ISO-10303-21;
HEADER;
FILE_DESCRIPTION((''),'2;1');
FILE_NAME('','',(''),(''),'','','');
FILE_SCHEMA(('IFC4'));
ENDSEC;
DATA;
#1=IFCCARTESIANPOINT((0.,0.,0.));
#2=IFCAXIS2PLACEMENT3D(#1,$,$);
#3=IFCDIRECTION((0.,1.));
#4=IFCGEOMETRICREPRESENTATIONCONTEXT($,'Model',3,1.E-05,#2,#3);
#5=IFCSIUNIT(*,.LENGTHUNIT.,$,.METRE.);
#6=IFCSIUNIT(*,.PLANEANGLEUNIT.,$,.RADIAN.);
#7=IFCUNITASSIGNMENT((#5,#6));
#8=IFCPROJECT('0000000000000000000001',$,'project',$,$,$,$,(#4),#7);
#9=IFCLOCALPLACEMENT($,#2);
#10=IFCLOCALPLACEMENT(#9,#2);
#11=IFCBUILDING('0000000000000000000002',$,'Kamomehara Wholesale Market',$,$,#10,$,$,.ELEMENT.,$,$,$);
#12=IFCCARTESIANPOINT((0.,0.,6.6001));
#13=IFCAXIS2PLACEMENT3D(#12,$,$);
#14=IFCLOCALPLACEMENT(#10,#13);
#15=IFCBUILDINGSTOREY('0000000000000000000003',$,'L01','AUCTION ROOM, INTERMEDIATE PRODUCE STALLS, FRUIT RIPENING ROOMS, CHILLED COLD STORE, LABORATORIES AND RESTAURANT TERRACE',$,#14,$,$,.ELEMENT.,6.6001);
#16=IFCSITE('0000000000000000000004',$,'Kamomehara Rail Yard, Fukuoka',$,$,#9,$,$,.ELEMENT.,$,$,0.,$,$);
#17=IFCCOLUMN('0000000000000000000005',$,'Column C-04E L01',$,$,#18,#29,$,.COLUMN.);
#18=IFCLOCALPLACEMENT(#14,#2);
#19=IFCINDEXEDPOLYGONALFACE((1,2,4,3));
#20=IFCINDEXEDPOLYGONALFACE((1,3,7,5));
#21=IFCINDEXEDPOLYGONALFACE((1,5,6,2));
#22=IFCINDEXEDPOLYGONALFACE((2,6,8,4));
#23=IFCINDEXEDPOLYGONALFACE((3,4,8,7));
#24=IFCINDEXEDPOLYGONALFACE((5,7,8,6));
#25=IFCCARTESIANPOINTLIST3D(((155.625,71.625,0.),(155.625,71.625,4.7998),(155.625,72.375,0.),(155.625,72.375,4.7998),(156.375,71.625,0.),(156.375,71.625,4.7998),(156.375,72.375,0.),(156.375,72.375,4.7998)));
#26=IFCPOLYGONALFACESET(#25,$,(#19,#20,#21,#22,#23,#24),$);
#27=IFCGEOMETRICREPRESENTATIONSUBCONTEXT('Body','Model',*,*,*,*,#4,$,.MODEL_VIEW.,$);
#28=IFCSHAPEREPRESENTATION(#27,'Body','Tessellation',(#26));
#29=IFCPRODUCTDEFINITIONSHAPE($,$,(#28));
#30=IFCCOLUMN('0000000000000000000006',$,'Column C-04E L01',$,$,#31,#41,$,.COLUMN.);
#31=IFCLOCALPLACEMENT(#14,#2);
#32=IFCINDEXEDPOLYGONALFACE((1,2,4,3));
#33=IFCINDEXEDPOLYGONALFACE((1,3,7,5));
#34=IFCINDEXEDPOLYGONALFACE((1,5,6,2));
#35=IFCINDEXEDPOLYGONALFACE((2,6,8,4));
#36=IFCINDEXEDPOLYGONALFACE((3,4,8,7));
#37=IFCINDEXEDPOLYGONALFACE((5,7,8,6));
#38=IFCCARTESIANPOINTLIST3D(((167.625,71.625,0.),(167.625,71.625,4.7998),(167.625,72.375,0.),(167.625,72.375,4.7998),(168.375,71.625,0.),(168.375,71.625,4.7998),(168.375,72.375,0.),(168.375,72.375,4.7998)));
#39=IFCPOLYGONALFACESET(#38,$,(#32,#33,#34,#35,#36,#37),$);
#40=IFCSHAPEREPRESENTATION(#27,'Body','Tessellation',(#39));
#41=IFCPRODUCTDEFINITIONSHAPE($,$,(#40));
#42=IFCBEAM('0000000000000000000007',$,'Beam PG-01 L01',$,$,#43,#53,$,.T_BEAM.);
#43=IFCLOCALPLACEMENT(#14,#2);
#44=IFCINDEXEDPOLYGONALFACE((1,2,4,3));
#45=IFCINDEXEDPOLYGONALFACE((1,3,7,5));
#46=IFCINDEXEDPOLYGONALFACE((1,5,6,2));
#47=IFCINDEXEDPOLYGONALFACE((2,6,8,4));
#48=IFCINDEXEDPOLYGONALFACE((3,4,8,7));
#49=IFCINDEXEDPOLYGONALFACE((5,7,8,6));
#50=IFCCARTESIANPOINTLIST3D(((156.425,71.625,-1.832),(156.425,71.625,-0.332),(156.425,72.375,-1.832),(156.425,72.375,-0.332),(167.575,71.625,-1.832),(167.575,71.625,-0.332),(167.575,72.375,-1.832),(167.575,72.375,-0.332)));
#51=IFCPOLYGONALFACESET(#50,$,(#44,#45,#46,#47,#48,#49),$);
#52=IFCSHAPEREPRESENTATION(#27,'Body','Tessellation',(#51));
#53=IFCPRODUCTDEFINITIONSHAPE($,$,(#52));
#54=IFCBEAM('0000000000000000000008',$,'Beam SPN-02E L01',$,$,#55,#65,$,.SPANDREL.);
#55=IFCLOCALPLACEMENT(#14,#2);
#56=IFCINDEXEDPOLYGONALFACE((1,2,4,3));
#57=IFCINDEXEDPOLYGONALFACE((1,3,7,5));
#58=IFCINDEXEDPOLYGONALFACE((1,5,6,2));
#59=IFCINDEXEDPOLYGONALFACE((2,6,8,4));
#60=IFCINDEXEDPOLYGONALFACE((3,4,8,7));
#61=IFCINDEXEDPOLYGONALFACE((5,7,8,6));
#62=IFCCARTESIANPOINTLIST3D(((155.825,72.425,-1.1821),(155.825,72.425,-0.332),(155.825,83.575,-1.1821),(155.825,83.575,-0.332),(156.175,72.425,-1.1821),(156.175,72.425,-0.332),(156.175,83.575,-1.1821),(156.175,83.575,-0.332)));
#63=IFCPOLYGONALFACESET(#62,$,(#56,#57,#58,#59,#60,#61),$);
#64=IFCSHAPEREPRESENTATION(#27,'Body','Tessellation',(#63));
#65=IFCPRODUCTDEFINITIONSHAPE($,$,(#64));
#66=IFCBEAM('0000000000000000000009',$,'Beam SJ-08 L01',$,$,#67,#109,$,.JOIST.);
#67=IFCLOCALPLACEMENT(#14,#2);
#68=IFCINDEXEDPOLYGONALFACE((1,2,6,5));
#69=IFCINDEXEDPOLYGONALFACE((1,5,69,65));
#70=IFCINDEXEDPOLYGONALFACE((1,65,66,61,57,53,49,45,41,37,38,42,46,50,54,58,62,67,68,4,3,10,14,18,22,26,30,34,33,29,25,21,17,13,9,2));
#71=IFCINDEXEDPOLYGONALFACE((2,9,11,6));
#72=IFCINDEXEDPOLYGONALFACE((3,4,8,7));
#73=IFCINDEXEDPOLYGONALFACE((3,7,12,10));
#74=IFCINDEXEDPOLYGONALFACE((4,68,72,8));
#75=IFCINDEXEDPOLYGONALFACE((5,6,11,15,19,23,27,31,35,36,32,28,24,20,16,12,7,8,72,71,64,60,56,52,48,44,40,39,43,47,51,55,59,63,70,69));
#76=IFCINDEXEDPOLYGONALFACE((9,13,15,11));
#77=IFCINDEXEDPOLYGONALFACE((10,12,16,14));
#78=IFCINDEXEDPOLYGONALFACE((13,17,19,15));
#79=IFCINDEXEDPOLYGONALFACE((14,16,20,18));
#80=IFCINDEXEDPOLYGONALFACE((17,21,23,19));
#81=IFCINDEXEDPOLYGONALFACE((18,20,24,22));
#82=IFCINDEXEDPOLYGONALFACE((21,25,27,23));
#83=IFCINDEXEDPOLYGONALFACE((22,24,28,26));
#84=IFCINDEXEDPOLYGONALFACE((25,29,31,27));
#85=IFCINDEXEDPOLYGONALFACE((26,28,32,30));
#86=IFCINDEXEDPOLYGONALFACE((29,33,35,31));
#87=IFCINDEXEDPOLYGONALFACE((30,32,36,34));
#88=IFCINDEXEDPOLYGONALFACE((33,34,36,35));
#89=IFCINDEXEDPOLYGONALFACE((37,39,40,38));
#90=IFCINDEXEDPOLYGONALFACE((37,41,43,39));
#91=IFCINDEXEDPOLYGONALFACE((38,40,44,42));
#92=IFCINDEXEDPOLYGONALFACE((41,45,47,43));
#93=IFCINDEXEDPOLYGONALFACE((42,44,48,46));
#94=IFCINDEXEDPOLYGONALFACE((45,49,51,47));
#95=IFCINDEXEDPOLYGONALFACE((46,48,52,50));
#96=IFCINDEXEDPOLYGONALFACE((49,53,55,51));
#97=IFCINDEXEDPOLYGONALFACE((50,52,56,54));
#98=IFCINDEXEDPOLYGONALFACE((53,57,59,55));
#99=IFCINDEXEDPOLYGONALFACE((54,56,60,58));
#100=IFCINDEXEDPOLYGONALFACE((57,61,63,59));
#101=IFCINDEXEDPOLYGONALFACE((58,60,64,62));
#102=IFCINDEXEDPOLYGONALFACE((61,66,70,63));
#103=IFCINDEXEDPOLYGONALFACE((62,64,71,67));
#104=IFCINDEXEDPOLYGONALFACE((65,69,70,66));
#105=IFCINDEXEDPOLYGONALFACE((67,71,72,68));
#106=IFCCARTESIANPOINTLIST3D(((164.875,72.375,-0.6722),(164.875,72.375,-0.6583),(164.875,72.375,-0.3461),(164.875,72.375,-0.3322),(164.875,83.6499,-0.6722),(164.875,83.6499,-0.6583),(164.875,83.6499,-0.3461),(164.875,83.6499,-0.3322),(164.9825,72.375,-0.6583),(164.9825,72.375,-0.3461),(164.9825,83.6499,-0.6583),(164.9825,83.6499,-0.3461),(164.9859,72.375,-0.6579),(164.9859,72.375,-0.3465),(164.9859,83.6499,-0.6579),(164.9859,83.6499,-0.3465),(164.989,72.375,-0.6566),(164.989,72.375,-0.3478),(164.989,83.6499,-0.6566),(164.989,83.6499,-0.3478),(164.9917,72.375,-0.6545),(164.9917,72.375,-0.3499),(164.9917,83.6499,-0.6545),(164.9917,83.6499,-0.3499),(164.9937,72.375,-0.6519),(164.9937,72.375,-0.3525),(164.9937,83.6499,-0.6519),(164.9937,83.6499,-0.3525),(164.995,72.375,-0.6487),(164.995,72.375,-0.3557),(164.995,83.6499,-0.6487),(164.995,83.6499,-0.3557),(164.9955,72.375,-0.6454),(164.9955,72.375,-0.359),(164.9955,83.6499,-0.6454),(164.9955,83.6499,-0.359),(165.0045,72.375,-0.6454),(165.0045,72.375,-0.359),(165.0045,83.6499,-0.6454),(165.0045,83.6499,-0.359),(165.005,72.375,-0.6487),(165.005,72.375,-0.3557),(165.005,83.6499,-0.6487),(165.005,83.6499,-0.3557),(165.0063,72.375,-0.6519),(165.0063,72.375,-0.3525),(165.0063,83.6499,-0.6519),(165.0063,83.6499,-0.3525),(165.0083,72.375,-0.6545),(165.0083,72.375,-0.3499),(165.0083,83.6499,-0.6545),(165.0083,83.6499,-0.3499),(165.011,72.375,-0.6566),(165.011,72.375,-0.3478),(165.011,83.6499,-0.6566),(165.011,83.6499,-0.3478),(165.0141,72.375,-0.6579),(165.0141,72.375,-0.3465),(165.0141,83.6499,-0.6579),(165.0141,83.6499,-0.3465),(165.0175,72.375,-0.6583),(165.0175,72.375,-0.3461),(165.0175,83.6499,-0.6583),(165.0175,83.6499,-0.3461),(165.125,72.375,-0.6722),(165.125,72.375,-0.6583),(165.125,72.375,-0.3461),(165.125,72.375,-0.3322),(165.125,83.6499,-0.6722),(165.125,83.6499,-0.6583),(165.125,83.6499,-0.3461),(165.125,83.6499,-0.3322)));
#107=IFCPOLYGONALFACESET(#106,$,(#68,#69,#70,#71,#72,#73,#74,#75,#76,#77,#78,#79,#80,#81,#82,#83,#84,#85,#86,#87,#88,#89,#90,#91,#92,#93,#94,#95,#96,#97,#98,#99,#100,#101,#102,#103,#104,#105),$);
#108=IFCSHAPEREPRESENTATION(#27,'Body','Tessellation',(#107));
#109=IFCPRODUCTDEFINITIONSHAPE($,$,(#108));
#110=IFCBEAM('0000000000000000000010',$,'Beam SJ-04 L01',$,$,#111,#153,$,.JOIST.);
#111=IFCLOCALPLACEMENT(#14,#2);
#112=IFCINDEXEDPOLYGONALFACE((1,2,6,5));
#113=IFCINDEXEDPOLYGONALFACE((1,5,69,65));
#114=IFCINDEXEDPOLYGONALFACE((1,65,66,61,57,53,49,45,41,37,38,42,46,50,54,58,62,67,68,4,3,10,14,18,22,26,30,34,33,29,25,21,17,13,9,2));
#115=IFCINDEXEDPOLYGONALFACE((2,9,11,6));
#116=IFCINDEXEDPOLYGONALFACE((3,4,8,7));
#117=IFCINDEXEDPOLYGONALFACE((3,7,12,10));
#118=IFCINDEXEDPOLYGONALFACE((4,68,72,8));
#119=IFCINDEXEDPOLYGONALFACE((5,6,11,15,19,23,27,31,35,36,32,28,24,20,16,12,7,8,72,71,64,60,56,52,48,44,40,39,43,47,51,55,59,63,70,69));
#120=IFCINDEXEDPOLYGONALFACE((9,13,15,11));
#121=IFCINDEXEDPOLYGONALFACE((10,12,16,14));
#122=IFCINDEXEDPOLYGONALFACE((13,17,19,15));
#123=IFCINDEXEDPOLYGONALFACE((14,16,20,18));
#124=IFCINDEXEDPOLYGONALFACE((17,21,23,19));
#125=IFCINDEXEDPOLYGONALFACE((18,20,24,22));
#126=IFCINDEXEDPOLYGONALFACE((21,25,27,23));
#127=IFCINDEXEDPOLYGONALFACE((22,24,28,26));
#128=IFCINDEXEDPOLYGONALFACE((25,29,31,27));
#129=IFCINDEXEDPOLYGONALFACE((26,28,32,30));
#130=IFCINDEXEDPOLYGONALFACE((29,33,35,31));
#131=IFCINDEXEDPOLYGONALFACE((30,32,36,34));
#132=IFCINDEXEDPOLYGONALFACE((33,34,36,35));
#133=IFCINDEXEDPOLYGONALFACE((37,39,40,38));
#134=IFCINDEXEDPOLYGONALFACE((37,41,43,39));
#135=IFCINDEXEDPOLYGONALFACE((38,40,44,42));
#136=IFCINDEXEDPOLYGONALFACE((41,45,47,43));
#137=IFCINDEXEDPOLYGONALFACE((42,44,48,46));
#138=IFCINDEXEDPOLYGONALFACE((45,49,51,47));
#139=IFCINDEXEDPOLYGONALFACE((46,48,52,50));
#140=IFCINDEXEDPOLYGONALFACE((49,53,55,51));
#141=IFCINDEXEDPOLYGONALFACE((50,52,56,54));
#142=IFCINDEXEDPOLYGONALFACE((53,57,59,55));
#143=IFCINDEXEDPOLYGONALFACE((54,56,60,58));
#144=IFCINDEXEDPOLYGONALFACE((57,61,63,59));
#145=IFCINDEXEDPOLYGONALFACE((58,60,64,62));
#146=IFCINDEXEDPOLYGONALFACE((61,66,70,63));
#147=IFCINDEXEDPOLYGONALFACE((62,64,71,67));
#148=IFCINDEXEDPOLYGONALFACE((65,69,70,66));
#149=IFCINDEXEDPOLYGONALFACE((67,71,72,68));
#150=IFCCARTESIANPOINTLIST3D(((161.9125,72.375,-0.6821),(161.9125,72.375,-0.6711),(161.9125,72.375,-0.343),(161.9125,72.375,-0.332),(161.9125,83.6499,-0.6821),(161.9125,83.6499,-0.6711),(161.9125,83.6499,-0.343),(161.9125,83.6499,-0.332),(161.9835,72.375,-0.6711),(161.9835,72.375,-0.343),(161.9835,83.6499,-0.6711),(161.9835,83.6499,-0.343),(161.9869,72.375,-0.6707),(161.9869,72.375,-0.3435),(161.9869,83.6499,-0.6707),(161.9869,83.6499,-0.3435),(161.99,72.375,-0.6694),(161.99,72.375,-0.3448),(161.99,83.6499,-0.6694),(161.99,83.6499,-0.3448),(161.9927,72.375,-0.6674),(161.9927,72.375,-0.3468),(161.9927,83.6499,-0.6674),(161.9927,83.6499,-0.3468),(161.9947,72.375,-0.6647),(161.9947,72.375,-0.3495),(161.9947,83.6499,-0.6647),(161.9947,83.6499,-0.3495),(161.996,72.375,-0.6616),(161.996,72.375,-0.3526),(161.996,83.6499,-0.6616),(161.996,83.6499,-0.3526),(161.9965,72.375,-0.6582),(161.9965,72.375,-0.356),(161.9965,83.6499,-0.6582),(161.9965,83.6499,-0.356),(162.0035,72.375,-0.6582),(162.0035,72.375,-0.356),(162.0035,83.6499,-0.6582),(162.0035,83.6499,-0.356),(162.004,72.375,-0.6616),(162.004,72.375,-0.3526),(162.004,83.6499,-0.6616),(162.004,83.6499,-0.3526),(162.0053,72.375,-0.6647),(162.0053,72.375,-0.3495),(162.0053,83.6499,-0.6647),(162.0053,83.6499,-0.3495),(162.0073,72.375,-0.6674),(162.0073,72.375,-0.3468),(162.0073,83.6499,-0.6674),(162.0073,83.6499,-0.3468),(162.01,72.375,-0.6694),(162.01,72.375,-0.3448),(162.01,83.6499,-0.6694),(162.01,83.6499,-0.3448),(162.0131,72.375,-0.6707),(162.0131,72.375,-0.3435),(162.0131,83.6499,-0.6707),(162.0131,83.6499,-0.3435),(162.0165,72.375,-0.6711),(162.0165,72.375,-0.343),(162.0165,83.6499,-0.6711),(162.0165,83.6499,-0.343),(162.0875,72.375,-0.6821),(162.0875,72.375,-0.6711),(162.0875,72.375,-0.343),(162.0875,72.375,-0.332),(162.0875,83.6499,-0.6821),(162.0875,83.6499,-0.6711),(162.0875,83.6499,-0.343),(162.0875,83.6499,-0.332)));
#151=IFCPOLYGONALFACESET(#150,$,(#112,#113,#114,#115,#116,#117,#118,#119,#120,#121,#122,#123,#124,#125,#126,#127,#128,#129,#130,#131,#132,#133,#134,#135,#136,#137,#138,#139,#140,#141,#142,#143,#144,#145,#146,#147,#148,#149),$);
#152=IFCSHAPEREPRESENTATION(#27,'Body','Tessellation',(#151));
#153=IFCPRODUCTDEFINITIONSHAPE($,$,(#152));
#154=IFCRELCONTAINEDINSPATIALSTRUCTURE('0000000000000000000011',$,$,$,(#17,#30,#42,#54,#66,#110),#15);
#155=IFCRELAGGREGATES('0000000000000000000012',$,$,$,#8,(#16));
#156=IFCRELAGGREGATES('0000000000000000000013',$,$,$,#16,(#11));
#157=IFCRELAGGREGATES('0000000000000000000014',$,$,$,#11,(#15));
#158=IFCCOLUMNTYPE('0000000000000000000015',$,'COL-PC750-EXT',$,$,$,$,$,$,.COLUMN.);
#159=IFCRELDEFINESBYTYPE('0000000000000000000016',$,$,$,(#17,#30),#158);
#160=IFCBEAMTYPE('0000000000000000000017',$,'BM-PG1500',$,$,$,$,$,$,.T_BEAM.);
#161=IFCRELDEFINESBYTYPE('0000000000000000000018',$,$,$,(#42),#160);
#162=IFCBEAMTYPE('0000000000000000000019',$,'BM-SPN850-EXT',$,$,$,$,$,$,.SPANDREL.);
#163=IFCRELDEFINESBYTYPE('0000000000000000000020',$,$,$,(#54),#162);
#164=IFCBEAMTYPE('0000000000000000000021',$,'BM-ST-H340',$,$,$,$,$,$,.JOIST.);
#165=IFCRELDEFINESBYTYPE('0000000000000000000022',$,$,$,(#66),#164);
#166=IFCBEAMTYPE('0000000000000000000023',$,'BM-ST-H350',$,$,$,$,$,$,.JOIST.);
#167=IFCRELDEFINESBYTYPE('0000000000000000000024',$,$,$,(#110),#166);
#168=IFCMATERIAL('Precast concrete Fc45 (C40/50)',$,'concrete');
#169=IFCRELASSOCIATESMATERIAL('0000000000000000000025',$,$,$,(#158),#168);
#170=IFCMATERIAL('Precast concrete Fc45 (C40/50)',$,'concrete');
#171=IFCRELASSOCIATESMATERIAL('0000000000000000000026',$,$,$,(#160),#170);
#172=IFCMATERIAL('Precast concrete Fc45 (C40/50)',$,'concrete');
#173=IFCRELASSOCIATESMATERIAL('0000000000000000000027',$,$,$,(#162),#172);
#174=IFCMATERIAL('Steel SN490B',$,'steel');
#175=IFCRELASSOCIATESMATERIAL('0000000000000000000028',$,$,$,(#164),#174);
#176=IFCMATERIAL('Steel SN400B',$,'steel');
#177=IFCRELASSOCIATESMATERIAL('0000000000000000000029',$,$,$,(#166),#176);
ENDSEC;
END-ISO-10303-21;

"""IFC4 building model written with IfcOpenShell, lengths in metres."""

from ifc_helpers import new_model, si_unit, direction, frame, origin, origin_2d, place, context, subcontext, project, spatial, rectangle, i_section, extrude, material, material_profile, profile_set, type_object, element, save


model = new_model("IFC4")

# Units and contexts
model_context = context("Model", 3, precision=1e-05, world=origin(), true_north=direction((0.0, 1.0)))
body_context = subcontext(model_context, "Body", "Model", "MODEL_VIEW")
ifc_project = project(units=[si_unit("LENGTHUNIT", "METRE"), si_unit("PLANEANGLEUNIT", "RADIAN")], contexts=[model_context])

# Site, building, storey
site_placement = place(None, origin())
site = spatial("IfcSite", under=ifc_project, at=site_placement, Name="Kamomehara Rail Yard, Fukuoka", CompositionType="ELEMENT", RefElevation=0.0)
building_placement = place(site_placement, origin())
building = spatial("IfcBuilding", under=site, at=building_placement, Name="Kamomehara Wholesale Market", CompositionType="ELEMENT")
storey_placement = place(building_placement, frame((0.0, 0.0, 6.6001)))
storey = spatial("IfcBuildingStorey", under=building, at=storey_placement, Name="L01", Description="AUCTION ROOM, INTERMEDIATE PRODUCE STALLS, FRUIT RIPENING ROOMS, CHILLED COLD STORE, LABORATORIES AND RESTAURANT TERRACE", CompositionType="ELEMENT", Elevation=6.6001)

# Columns
ifc_material_1 = material(Name="Precast concrete Fc45 (C40/50)", Category="concrete")
ifc_material_profile_1 = material_profile(ifc_material_1, rectangle(XDim=0.75, YDim=0.75, at=origin_2d()), Name="PC-COL-750x750")
ifc_profile_set_1 = profile_set([ifc_material_profile_1], Name="Precast concrete Fc45 (C40/50)")
column_type = type_object("IfcColumnType", Name="COL-PC750-EXT", PredefinedType="COLUMN", material=ifc_profile_set_1)
for number, where, z_axis, x_axis, name in (
    (1, (156.0, 72.0, 0.0), (0.0, 0.0, 1.0), (1.0, 0.0, 0.0), "Column C-04E L01"),
    (2, (168.0, 72.0, 0.0), (0.0, 0.0, 1.0), (1.0, 0.0, 0.0), "Column C-04E L01"),
):
    element("IfcColumn", number, at=place(storey_placement, frame(where, z_axis=z_axis, x_axis=x_axis)), inside=storey, type_object=column_type, Name=name, PredefinedType="COLUMN", context=body_context, shape_type="SweptSolid", body=[
        extrude(rectangle(XDim=0.75, YDim=0.75, at=origin_2d()), origin(), (0.0, 0.0, 1.0), 4.7998),
    ])

# Beams
ifc_material_2 = material(Name="Precast concrete Fc45 (C40/50)", Category="concrete")
ifc_material_profile_2 = material_profile(ifc_material_2, rectangle(XDim=0.75, YDim=1.5, at=origin_2d()), Name="PC-GRD-750x1500")
ifc_profile_set_2 = profile_set([ifc_material_profile_2], Name="Precast concrete Fc45 (C40/50)")
beam_type_1 = type_object("IfcBeamType", Name="BM-PG1500", PredefinedType="T_BEAM", material=ifc_profile_set_2)
beam_1_placement = place(storey_placement, frame((156.425, 72.0, -1.082), z_axis=(1.0, 0.0, 0.0), x_axis=(0.0, 1.0, 0.0)))
element("IfcBeam", 3, at=beam_1_placement, inside=storey, type_object=beam_type_1, Name="Beam PG-01 L01", PredefinedType="T_BEAM", context=body_context, shape_type="SweptSolid", body=[
    extrude(rectangle(XDim=0.75, YDim=1.5, at=origin_2d()), origin(), (0.0, 0.0, 1.0), 11.1499),
])
ifc_material_3 = material(Name="Precast concrete Fc45 (C40/50)", Category="concrete")
ifc_material_profile_3 = material_profile(ifc_material_3, rectangle(XDim=0.3501, YDim=0.8501, at=origin_2d()), Name="PC-SPN-350x850")
ifc_profile_set_3 = profile_set([ifc_material_profile_3], Name="Precast concrete Fc45 (C40/50)")
beam_type_2 = type_object("IfcBeamType", Name="BM-SPN850-EXT", PredefinedType="SPANDREL", material=ifc_profile_set_3)
beam_2_placement = place(storey_placement, frame((156.0, 72.425, -0.7571), z_axis=(0.0, 1.0, 0.0), x_axis=(-1.0, 0.0, 0.0)))
element("IfcBeam", 4, at=beam_2_placement, inside=storey, type_object=beam_type_2, Name="Beam SPN-02E L01", PredefinedType="SPANDREL", context=body_context, shape_type="SweptSolid", body=[
    extrude(rectangle(XDim=0.3501, YDim=0.8501, at=origin_2d()), origin(), (0.0, 0.0, 1.0), 11.1499),
])
ifc_material_4 = material(Name="Steel SN490B", Category="steel")
ifc_material_profile_4 = material_profile(ifc_material_4, i_section(OverallWidth=0.25, OverallDepth=0.3401, WebThickness=0.009, FlangeThickness=0.0139, FilletRadius=0.0129, at=origin_2d()), Name="H-340x250x9x14")
ifc_profile_set_4 = profile_set([ifc_material_profile_4], Name="Steel SN490B")
beam_type_3 = type_object("IfcBeamType", Name="BM-ST-H340", PredefinedType="JOIST", material=ifc_profile_set_4)
beam_3_placement = place(storey_placement, frame((165.0, 72.375, -0.5022), z_axis=(0.0, 1.0, 0.0), x_axis=(-1.0, 0.0, 0.0)))
element("IfcBeam", 5, at=beam_3_placement, inside=storey, type_object=beam_type_3, Name="Beam SJ-08 L01", PredefinedType="JOIST", context=body_context, shape_type="SweptSolid", body=[
    extrude(i_section(OverallWidth=0.25, OverallDepth=0.3401, WebThickness=0.009, FlangeThickness=0.0139, FilletRadius=0.0129, at=origin_2d()), origin(), (0.0, 0.0, 1.0), 11.2749),
])
ifc_material_5 = material(Name="Steel SN400B", Category="steel")
ifc_material_profile_5 = material_profile(ifc_material_5, i_section(OverallWidth=0.175, OverallDepth=0.3501, WebThickness=0.0071, FlangeThickness=0.011, FilletRadius=0.0129, at=origin_2d()), Name="H-350x175x7x11")
ifc_profile_set_5 = profile_set([ifc_material_profile_5], Name="Steel SN400B")
beam_type_4 = type_object("IfcBeamType", Name="BM-ST-H350", PredefinedType="JOIST", material=ifc_profile_set_5)
beam_4_placement = place(storey_placement, frame((162.0, 72.375, -0.5071), z_axis=(0.0, 1.0, 0.0), x_axis=(-1.0, 0.0, 0.0)))
element("IfcBeam", 6, at=beam_4_placement, inside=storey, type_object=beam_type_4, Name="Beam SJ-04 L01", PredefinedType="JOIST", context=body_context, shape_type="SweptSolid", body=[
    extrude(i_section(OverallWidth=0.175, OverallDepth=0.3501, WebThickness=0.0071, FlangeThickness=0.011, FilletRadius=0.0129, at=origin_2d()), origin(), (0.0, 0.0, 1.0), 11.2749),
])

save(model, "model.ifc")
